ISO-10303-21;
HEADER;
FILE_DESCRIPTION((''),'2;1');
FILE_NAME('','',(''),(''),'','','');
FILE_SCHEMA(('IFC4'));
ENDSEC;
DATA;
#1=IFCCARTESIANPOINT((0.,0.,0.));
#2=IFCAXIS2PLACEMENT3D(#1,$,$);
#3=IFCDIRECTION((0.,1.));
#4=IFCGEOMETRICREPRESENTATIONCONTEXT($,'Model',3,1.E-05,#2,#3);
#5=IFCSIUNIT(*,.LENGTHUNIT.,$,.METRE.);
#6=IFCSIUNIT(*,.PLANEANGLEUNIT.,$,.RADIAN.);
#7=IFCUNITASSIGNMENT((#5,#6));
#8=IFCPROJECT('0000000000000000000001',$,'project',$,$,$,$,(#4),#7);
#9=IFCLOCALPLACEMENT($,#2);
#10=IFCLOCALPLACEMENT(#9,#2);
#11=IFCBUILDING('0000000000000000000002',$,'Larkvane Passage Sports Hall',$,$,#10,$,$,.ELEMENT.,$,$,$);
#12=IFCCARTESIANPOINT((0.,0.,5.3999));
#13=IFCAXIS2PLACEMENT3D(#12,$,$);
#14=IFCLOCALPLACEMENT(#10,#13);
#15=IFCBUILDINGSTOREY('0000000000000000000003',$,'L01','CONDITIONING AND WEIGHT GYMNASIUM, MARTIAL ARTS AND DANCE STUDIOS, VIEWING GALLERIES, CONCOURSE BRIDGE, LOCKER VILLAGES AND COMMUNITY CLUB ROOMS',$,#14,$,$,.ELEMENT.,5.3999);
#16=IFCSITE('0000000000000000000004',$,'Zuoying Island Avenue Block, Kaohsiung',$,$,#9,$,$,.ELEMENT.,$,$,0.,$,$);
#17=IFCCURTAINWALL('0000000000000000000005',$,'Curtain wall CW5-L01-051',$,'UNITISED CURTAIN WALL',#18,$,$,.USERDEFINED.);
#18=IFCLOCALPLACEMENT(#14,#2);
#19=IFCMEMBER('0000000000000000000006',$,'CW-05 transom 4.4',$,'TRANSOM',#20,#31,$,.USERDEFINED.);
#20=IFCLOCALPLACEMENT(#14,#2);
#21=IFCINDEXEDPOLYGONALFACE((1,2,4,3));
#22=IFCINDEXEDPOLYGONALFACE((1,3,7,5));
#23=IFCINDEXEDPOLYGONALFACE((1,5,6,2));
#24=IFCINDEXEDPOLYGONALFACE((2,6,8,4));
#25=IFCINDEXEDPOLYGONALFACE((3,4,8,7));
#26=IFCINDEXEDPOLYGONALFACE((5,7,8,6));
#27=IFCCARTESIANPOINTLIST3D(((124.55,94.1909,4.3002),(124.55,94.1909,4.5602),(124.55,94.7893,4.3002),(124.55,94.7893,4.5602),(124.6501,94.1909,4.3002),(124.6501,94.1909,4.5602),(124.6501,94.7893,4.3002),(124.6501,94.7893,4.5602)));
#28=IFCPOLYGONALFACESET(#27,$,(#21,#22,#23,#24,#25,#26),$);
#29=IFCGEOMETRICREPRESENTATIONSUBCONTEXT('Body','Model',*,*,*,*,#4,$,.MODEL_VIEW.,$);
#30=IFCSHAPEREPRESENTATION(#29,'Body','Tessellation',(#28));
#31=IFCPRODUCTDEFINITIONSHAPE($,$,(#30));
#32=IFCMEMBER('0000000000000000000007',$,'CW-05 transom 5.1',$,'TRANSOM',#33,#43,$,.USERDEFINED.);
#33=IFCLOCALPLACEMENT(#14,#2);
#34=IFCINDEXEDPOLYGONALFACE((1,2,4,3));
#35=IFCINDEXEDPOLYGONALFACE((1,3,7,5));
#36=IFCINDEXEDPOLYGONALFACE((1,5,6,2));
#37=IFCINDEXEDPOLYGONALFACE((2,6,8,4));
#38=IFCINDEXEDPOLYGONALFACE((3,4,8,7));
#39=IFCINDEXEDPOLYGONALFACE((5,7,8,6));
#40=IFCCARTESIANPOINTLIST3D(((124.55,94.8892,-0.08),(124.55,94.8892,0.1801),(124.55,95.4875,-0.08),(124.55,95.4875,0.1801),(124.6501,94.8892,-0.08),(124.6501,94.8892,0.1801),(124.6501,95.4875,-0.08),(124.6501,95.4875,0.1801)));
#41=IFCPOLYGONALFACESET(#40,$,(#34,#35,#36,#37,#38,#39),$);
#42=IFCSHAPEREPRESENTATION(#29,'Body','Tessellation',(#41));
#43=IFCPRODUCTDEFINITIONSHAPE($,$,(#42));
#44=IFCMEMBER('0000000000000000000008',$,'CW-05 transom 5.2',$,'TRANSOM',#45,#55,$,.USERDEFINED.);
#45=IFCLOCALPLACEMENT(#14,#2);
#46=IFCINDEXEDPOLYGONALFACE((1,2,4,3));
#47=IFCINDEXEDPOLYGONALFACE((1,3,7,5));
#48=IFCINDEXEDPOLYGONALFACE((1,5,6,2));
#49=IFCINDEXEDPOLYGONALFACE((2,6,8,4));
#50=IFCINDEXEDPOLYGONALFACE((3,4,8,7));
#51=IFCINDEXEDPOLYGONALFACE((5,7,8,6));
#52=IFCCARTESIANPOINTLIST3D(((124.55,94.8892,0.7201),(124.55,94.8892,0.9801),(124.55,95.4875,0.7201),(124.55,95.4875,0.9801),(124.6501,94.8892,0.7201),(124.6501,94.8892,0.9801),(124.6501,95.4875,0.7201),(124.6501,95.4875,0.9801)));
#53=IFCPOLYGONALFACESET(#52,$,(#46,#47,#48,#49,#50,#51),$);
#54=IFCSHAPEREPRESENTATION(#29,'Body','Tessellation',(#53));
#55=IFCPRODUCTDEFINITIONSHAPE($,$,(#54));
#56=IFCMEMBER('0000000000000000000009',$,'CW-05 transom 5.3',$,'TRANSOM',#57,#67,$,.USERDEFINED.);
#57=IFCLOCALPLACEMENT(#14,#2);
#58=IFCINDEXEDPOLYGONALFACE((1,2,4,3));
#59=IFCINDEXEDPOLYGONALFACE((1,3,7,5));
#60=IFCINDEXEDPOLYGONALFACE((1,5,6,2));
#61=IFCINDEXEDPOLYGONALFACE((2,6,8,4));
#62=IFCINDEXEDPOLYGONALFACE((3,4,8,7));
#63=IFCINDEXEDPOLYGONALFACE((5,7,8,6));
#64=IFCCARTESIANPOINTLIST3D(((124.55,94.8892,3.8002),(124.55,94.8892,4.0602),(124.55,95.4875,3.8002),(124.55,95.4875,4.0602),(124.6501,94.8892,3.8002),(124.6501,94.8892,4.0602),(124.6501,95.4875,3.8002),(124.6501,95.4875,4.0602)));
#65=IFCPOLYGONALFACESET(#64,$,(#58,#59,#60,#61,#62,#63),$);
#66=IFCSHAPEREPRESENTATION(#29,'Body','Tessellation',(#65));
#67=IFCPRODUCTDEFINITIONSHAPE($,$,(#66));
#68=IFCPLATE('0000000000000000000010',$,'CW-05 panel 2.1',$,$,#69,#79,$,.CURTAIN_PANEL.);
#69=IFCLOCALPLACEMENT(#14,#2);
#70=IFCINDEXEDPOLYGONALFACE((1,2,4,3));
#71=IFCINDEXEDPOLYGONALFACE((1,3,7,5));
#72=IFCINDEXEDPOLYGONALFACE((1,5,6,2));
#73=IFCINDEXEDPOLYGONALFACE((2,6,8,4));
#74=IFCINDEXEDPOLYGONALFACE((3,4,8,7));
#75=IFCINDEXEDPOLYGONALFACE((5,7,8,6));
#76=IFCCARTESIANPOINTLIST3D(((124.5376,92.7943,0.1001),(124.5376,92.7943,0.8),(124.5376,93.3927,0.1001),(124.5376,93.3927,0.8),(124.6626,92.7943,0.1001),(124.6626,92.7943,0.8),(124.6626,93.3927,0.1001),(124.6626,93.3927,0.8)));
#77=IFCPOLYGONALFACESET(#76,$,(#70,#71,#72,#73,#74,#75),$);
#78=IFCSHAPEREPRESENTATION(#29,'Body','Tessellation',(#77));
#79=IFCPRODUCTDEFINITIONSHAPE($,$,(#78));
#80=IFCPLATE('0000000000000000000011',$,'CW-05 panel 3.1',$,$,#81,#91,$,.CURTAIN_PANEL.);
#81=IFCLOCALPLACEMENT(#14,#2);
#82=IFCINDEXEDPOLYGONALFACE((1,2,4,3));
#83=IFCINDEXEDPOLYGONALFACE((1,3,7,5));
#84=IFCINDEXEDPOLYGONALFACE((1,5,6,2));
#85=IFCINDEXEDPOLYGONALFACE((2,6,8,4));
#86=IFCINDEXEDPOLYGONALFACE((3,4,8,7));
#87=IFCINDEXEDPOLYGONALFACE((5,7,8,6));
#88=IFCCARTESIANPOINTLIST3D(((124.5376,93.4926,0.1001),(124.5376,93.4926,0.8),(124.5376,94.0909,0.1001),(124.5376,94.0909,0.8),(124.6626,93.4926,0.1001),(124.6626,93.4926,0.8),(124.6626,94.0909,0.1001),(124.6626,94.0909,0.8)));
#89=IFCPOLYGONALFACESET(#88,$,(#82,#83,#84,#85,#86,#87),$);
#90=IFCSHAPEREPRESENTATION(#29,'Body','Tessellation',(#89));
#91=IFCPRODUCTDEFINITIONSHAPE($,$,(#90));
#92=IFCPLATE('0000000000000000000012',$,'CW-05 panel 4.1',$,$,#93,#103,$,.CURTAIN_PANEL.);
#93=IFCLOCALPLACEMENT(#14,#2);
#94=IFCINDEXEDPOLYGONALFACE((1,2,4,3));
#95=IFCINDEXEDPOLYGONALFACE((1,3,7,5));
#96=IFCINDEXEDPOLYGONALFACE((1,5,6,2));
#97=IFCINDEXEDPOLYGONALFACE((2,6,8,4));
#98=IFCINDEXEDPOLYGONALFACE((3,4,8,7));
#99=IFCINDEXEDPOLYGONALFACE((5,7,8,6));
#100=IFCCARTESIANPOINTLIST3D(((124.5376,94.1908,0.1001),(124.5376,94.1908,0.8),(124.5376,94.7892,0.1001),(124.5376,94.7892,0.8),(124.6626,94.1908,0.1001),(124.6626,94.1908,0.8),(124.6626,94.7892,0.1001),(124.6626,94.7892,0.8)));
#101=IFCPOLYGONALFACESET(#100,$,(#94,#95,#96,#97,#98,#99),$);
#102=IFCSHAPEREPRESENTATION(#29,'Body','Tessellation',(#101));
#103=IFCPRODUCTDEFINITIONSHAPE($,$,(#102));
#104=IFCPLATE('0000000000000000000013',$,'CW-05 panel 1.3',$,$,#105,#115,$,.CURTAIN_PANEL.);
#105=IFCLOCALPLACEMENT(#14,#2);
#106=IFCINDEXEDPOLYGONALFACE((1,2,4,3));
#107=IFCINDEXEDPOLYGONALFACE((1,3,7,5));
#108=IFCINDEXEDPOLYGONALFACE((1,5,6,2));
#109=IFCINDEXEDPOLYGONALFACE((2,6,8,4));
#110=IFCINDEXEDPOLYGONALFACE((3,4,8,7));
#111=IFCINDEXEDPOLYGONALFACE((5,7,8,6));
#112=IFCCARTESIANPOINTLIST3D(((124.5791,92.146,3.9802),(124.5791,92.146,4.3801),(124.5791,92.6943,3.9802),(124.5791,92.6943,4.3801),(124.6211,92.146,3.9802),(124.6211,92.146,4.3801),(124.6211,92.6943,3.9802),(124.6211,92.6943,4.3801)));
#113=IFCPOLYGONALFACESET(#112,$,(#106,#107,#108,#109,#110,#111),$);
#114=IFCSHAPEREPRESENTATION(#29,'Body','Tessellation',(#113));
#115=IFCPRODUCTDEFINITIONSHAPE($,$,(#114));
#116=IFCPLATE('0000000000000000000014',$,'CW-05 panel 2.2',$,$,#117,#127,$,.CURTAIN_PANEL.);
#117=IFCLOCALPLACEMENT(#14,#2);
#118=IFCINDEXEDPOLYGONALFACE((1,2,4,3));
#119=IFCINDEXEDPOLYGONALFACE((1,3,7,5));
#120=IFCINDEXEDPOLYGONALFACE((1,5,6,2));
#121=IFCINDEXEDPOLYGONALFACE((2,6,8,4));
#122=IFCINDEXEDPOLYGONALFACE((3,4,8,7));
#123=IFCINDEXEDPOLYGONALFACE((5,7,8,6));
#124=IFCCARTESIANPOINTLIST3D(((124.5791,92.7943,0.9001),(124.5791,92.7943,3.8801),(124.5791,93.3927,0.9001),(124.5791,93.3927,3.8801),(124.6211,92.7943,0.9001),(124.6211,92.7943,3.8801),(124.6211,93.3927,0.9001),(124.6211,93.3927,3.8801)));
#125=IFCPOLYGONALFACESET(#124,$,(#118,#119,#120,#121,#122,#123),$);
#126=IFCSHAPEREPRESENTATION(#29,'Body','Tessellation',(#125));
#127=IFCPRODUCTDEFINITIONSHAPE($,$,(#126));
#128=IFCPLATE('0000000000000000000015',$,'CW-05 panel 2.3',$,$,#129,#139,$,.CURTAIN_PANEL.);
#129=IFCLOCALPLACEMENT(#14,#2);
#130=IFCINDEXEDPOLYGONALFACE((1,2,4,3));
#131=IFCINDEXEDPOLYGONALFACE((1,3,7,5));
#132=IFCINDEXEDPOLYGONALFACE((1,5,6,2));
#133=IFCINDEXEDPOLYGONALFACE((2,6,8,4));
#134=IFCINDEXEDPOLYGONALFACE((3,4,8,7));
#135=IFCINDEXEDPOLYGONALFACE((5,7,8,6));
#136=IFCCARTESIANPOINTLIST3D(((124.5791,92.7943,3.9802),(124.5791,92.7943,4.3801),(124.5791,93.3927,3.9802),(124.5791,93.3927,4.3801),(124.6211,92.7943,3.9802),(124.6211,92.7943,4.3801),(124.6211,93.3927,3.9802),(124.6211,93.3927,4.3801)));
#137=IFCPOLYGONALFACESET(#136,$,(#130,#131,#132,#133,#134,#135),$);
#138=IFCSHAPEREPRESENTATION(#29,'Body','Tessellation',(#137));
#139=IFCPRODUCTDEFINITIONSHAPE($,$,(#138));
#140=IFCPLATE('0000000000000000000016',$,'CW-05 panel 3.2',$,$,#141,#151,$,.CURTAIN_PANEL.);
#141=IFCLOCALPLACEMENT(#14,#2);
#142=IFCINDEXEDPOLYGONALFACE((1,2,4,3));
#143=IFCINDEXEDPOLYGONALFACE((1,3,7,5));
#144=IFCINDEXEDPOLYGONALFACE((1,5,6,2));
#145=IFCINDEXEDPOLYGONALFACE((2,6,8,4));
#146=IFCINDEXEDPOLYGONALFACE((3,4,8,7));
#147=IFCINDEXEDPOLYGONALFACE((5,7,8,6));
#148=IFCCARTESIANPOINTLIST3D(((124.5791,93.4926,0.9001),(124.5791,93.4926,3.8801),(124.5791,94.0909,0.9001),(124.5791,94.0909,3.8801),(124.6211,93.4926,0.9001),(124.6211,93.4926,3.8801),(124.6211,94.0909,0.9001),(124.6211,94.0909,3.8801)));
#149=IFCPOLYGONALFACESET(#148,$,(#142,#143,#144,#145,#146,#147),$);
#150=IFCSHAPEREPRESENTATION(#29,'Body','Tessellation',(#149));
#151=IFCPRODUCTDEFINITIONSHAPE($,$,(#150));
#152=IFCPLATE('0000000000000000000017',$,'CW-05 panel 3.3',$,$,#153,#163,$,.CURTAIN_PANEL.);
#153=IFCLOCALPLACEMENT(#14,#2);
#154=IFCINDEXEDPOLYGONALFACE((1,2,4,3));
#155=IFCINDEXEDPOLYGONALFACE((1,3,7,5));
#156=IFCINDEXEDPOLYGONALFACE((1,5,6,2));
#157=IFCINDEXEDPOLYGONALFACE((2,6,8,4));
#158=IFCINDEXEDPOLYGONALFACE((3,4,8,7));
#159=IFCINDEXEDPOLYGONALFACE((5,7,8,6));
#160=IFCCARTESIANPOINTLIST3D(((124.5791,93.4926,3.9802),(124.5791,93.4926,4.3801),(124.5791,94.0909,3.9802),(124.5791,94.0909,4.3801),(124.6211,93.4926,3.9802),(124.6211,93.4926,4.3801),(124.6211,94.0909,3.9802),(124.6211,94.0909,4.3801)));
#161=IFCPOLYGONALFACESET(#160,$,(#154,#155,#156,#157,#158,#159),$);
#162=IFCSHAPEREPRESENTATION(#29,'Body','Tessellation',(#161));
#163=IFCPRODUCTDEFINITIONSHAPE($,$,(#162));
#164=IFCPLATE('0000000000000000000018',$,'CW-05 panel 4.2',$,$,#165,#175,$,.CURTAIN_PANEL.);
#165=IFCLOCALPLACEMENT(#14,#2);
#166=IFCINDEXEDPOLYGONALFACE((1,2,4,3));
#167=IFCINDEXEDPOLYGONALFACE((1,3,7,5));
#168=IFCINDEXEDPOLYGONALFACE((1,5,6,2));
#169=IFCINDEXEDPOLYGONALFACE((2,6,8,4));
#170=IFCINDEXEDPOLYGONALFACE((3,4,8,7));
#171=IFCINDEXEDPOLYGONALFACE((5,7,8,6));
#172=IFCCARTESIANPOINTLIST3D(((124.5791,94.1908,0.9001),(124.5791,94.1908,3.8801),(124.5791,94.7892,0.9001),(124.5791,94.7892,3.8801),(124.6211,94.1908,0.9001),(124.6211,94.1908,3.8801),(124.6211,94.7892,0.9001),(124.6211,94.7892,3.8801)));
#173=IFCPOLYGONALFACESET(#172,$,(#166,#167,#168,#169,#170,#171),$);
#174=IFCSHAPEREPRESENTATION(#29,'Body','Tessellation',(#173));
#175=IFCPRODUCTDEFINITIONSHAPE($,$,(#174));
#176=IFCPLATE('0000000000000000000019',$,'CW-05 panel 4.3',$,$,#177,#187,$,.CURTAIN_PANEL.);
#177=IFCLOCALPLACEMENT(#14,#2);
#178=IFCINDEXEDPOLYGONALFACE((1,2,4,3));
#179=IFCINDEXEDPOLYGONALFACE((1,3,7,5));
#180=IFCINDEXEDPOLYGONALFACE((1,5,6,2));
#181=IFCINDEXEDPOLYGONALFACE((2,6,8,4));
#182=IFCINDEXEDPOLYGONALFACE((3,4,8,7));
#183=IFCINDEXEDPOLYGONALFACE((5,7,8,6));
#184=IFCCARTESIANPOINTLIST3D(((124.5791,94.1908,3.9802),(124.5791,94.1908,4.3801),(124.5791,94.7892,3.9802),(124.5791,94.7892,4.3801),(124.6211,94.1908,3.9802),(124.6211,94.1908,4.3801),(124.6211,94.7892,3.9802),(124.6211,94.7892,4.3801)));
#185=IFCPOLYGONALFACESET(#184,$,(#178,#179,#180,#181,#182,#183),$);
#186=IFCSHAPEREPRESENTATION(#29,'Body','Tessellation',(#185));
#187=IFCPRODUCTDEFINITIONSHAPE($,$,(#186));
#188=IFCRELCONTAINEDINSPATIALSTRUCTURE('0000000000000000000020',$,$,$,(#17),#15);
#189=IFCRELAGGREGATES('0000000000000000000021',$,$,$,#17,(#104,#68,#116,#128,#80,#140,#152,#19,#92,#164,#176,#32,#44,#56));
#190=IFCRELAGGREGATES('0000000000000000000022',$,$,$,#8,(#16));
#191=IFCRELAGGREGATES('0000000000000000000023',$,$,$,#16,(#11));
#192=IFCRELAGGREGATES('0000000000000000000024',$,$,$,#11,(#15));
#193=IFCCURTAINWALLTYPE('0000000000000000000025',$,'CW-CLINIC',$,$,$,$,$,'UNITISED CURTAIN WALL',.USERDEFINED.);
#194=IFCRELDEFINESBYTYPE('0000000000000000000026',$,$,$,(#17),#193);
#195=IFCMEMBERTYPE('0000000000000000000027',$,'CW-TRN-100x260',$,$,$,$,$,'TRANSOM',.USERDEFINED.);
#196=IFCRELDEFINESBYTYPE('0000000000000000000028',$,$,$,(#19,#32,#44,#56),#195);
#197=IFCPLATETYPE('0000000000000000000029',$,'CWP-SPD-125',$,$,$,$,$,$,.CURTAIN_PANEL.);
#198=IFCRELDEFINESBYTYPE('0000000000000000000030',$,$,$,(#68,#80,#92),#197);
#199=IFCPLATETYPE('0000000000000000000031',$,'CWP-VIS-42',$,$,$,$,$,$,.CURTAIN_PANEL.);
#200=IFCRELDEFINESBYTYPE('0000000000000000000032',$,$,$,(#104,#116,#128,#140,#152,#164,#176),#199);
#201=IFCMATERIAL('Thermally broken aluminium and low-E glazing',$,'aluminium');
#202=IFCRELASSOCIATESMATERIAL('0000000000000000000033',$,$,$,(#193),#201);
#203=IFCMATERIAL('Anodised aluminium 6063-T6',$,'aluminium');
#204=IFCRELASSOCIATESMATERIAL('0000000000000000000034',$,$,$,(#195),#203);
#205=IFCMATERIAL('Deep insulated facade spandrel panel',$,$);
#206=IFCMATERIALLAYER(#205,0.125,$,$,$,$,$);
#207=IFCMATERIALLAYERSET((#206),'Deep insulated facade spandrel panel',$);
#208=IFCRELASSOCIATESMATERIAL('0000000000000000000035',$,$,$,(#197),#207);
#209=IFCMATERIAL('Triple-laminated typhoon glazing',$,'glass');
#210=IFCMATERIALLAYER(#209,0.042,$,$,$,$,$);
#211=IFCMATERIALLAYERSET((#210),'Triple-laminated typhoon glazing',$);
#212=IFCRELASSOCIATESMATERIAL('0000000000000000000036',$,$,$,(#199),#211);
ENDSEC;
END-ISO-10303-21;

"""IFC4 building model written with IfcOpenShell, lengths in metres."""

from ifc_helpers import new_model, si_unit, direction, frame, origin, origin_2d, place, context, subcontext, project, spatial, rectangle, extrude, material, layer, layer_set, material_profile, profile_set, type_object, element, aggregate, save


model = new_model("IFC4")

# Units and contexts
model_context = context("Model", 3, precision=1e-05, world=origin(), true_north=direction((0.0, 1.0)))
body_context = subcontext(model_context, "Body", "Model", "MODEL_VIEW")
ifc_project = project(units=[si_unit("LENGTHUNIT", "METRE"), si_unit("PLANEANGLEUNIT", "RADIAN")], contexts=[model_context])

# Site, building, storey
site_placement = place(None, origin())
site = spatial("IfcSite", under=ifc_project, at=site_placement, Name="Zuoying Island Avenue Block, Kaohsiung", CompositionType="ELEMENT", RefElevation=0.0)
building_placement = place(site_placement, origin())
building = spatial("IfcBuilding", under=site, at=building_placement, Name="Larkvane Passage Sports Hall", CompositionType="ELEMENT")
storey_placement = place(building_placement, frame((0.0, 0.0, 5.3999)))
storey = spatial("IfcBuildingStorey", under=building, at=storey_placement, Name="L01", Description="CONDITIONING AND WEIGHT GYMNASIUM, MARTIAL ARTS AND DANCE STUDIOS, VIEWING GALLERIES, CONCOURSE BRIDGE, LOCKER VILLAGES AND COMMUNITY CLUB ROOMS", CompositionType="ELEMENT", Elevation=5.3999)

# Curtain wall, members, plates
ifc_material_1 = material(Name="Thermally broken aluminium and low-E glazing", Category="aluminium")
curtain_wall_type = type_object("IfcCurtainWallType", Name="CW-CLINIC", ElementType="UNITISED CURTAIN WALL", PredefinedType="USERDEFINED", material=ifc_material_1)
curtain_wall_placement = place(storey_placement, origin())
curtain_wall = element("IfcCurtainWall", 1, at=curtain_wall_placement, inside=storey, type_object=curtain_wall_type, Name="Curtain wall CW5-L01-051", ObjectType="UNITISED CURTAIN WALL", PredefinedType="USERDEFINED")
ifc_material_2 = material(Name="Anodised aluminium 6063-T6", Category="aluminium")
ifc_material_profile_1 = material_profile(ifc_material_2, rectangle(XDim=0.1001, YDim=0.26, at=origin_2d()), Name="ALU-TRN-100x260")
ifc_profile_set_1 = profile_set([ifc_material_profile_1], Name="Anodised aluminium 6063-T6")
member_type_1 = type_object("IfcMemberType", Name="CW-TRN-100x260", ElementType="TRANSOM", PredefinedType="USERDEFINED", material=ifc_profile_set_1)
member_1_placement = place(storey_placement, frame((124.6001, 94.1909, 4.4302), z_axis=(0.0, 1.0, 0.0), x_axis=(-1.0, 0.0, 0.0)))
member_1 = element("IfcMember", 2, at=member_1_placement, type_object=member_type_1, Name="CW-05 transom 4.4", ObjectType="TRANSOM", PredefinedType="USERDEFINED", context=body_context, shape_type="SweptSolid", body=[
    extrude(rectangle(XDim=0.1001, YDim=0.26, at=origin_2d()), origin(), (0.0, 0.0, 1.0), 0.5984),
])
member_2_placement = place(storey_placement, frame((124.6001, 94.8892, 0.05), z_axis=(0.0, 1.0, 0.0), x_axis=(-1.0, 0.0, 0.0)))
member_2 = element("IfcMember", 3, at=member_2_placement, type_object=member_type_1, Name="CW-05 transom 5.1", ObjectType="TRANSOM", PredefinedType="USERDEFINED", context=body_context, shape_type="SweptSolid", body=[
    extrude(rectangle(XDim=0.1001, YDim=0.26, at=origin_2d()), origin(), (0.0, 0.0, 1.0), 0.5984),
])
member_3_placement = place(storey_placement, frame((124.6001, 94.8892, 0.8501), z_axis=(0.0, 1.0, 0.0), x_axis=(-1.0, 0.0, 0.0)))
member_3 = element("IfcMember", 4, at=member_3_placement, type_object=member_type_1, Name="CW-05 transom 5.2", ObjectType="TRANSOM", PredefinedType="USERDEFINED", context=body_context, shape_type="SweptSolid", body=[
    extrude(rectangle(XDim=0.1001, YDim=0.26, at=origin_2d()), origin(), (0.0, 0.0, 1.0), 0.5984),
])
member_4_placement = place(storey_placement, frame((124.6001, 94.8892, 3.9302), z_axis=(0.0, 1.0, 0.0), x_axis=(-1.0, 0.0, 0.0)))
member_4 = element("IfcMember", 5, at=member_4_placement, type_object=member_type_1, Name="CW-05 transom 5.3", ObjectType="TRANSOM", PredefinedType="USERDEFINED", context=body_context, shape_type="SweptSolid", body=[
    extrude(rectangle(XDim=0.1001, YDim=0.26, at=origin_2d()), origin(), (0.0, 0.0, 1.0), 0.5984),
])
ifc_material_3 = material(Name="Deep insulated facade spandrel panel")
ifc_layer_1 = layer(ifc_material_3, 0.125)
ifc_layer_set_1 = layer_set([ifc_layer_1], Name="Deep insulated facade spandrel panel")
plate_type_1 = type_object("IfcPlateType", Name="CWP-SPD-125", PredefinedType="CURTAIN_PANEL", material=ifc_layer_set_1)
plate_1_placement = place(storey_placement, frame((124.6001, 93.0935, 0.1001), z_axis=(0.0, 0.0, 1.0), x_axis=(0.0, 1.0, 0.0)))
plate_1 = element("IfcPlate", 6, at=plate_1_placement, type_object=plate_type_1, Name="CW-05 panel 2.1", PredefinedType="CURTAIN_PANEL", context=body_context, shape_type="SweptSolid", body=[
    extrude(rectangle(XDim=0.5984, YDim=0.125, at=origin_2d()), origin(), (0.0, 0.0, 1.0), 0.7),
])
plate_2_placement = place(storey_placement, frame((124.6001, 93.7917, 0.1001), z_axis=(0.0, 0.0, 1.0), x_axis=(0.0, 1.0, 0.0)))
plate_2 = element("IfcPlate", 7, at=plate_2_placement, type_object=plate_type_1, Name="CW-05 panel 3.1", PredefinedType="CURTAIN_PANEL", context=body_context, shape_type="SweptSolid", body=[
    extrude(rectangle(XDim=0.5984, YDim=0.125, at=origin_2d()), origin(), (0.0, 0.0, 1.0), 0.7),
])
plate_3_placement = place(storey_placement, frame((124.6001, 94.49, 0.1001), z_axis=(0.0, 0.0, 1.0), x_axis=(0.0, 1.0, 0.0)))
plate_3 = element("IfcPlate", 8, at=plate_3_placement, type_object=plate_type_1, Name="CW-05 panel 4.1", PredefinedType="CURTAIN_PANEL", context=body_context, shape_type="SweptSolid", body=[
    extrude(rectangle(XDim=0.5984, YDim=0.125, at=origin_2d()), origin(), (0.0, 0.0, 1.0), 0.7),
])
ifc_material_4 = material(Name="Triple-laminated typhoon glazing", Category="glass")
ifc_layer_2 = layer(ifc_material_4, 0.042)
ifc_layer_set_2 = layer_set([ifc_layer_2], Name="Triple-laminated typhoon glazing")
plate_type_2 = type_object("IfcPlateType", Name="CWP-VIS-42", PredefinedType="CURTAIN_PANEL", material=ifc_layer_set_2)
plate_4_placement = place(storey_placement, frame((124.6001, 92.4202, 3.9802), z_axis=(0.0, 0.0, 1.0), x_axis=(0.0, 1.0, 0.0)))
plate_4 = element("IfcPlate", 9, at=plate_4_placement, type_object=plate_type_2, Name="CW-05 panel 1.3", PredefinedType="CURTAIN_PANEL", context=body_context, shape_type="SweptSolid", body=[
    extrude(rectangle(XDim=0.5483, YDim=0.042, at=origin_2d()), origin(), (0.0, 0.0, 1.0), 0.3999),
])
plate_5_placement = place(storey_placement, frame((124.6001, 93.0935, 0.9001), z_axis=(0.0, 0.0, 1.0), x_axis=(0.0, 1.0, 0.0)))
plate_5 = element("IfcPlate", 10, at=plate_5_placement, type_object=plate_type_2, Name="CW-05 panel 2.2", PredefinedType="CURTAIN_PANEL", context=body_context, shape_type="SweptSolid", body=[
    extrude(rectangle(XDim=0.5984, YDim=0.042, at=origin_2d()), origin(), (0.0, 0.0, 1.0), 2.98),
])
plate_6_placement = place(storey_placement, frame((124.6001, 93.0935, 3.9802), z_axis=(0.0, 0.0, 1.0), x_axis=(0.0, 1.0, 0.0)))
plate_6 = element("IfcPlate", 11, at=plate_6_placement, type_object=plate_type_2, Name="CW-05 panel 2.3", PredefinedType="CURTAIN_PANEL", context=body_context, shape_type="SweptSolid", body=[
    extrude(rectangle(XDim=0.5984, YDim=0.042, at=origin_2d()), origin(), (0.0, 0.0, 1.0), 0.3999),
])
plate_7_placement = place(storey_placement, frame((124.6001, 93.7917, 0.9001), z_axis=(0.0, 0.0, 1.0), x_axis=(0.0, 1.0, 0.0)))
plate_7 = element("IfcPlate", 12, at=plate_7_placement, type_object=plate_type_2, Name="CW-05 panel 3.2", PredefinedType="CURTAIN_PANEL", context=body_context, shape_type="SweptSolid", body=[
    extrude(rectangle(XDim=0.5984, YDim=0.042, at=origin_2d()), origin(), (0.0, 0.0, 1.0), 2.98),
])
plate_8_placement = place(storey_placement, frame((124.6001, 93.7917, 3.9802), z_axis=(0.0, 0.0, 1.0), x_axis=(0.0, 1.0, 0.0)))
plate_8 = element("IfcPlate", 13, at=plate_8_placement, type_object=plate_type_2, Name="CW-05 panel 3.3", PredefinedType="CURTAIN_PANEL", context=body_context, shape_type="SweptSolid", body=[
    extrude(rectangle(XDim=0.5984, YDim=0.042, at=origin_2d()), origin(), (0.0, 0.0, 1.0), 0.3999),
])
plate_9_placement = place(storey_placement, frame((124.6001, 94.49, 0.9001), z_axis=(0.0, 0.0, 1.0), x_axis=(0.0, 1.0, 0.0)))
plate_9 = element("IfcPlate", 14, at=plate_9_placement, type_object=plate_type_2, Name="CW-05 panel 4.2", PredefinedType="CURTAIN_PANEL", context=body_context, shape_type="SweptSolid", body=[
    extrude(rectangle(XDim=0.5984, YDim=0.042, at=origin_2d()), origin(), (0.0, 0.0, 1.0), 2.98),
])
plate_10_placement = place(storey_placement, frame((124.6001, 94.49, 3.9802), z_axis=(0.0, 0.0, 1.0), x_axis=(0.0, 1.0, 0.0)))
plate_10 = element("IfcPlate", 15, at=plate_10_placement, type_object=plate_type_2, Name="CW-05 panel 4.3", PredefinedType="CURTAIN_PANEL", context=body_context, shape_type="SweptSolid", body=[
    extrude(rectangle(XDim=0.5984, YDim=0.042, at=origin_2d()), origin(), (0.0, 0.0, 1.0), 0.3999),
])
aggregate(curtain_wall, [plate_4, plate_1, plate_5, plate_6, plate_2, plate_7, plate_8, member_1, plate_3, plate_9, plate_10, member_2, member_3, member_4])

save(model, "model.ifc")
